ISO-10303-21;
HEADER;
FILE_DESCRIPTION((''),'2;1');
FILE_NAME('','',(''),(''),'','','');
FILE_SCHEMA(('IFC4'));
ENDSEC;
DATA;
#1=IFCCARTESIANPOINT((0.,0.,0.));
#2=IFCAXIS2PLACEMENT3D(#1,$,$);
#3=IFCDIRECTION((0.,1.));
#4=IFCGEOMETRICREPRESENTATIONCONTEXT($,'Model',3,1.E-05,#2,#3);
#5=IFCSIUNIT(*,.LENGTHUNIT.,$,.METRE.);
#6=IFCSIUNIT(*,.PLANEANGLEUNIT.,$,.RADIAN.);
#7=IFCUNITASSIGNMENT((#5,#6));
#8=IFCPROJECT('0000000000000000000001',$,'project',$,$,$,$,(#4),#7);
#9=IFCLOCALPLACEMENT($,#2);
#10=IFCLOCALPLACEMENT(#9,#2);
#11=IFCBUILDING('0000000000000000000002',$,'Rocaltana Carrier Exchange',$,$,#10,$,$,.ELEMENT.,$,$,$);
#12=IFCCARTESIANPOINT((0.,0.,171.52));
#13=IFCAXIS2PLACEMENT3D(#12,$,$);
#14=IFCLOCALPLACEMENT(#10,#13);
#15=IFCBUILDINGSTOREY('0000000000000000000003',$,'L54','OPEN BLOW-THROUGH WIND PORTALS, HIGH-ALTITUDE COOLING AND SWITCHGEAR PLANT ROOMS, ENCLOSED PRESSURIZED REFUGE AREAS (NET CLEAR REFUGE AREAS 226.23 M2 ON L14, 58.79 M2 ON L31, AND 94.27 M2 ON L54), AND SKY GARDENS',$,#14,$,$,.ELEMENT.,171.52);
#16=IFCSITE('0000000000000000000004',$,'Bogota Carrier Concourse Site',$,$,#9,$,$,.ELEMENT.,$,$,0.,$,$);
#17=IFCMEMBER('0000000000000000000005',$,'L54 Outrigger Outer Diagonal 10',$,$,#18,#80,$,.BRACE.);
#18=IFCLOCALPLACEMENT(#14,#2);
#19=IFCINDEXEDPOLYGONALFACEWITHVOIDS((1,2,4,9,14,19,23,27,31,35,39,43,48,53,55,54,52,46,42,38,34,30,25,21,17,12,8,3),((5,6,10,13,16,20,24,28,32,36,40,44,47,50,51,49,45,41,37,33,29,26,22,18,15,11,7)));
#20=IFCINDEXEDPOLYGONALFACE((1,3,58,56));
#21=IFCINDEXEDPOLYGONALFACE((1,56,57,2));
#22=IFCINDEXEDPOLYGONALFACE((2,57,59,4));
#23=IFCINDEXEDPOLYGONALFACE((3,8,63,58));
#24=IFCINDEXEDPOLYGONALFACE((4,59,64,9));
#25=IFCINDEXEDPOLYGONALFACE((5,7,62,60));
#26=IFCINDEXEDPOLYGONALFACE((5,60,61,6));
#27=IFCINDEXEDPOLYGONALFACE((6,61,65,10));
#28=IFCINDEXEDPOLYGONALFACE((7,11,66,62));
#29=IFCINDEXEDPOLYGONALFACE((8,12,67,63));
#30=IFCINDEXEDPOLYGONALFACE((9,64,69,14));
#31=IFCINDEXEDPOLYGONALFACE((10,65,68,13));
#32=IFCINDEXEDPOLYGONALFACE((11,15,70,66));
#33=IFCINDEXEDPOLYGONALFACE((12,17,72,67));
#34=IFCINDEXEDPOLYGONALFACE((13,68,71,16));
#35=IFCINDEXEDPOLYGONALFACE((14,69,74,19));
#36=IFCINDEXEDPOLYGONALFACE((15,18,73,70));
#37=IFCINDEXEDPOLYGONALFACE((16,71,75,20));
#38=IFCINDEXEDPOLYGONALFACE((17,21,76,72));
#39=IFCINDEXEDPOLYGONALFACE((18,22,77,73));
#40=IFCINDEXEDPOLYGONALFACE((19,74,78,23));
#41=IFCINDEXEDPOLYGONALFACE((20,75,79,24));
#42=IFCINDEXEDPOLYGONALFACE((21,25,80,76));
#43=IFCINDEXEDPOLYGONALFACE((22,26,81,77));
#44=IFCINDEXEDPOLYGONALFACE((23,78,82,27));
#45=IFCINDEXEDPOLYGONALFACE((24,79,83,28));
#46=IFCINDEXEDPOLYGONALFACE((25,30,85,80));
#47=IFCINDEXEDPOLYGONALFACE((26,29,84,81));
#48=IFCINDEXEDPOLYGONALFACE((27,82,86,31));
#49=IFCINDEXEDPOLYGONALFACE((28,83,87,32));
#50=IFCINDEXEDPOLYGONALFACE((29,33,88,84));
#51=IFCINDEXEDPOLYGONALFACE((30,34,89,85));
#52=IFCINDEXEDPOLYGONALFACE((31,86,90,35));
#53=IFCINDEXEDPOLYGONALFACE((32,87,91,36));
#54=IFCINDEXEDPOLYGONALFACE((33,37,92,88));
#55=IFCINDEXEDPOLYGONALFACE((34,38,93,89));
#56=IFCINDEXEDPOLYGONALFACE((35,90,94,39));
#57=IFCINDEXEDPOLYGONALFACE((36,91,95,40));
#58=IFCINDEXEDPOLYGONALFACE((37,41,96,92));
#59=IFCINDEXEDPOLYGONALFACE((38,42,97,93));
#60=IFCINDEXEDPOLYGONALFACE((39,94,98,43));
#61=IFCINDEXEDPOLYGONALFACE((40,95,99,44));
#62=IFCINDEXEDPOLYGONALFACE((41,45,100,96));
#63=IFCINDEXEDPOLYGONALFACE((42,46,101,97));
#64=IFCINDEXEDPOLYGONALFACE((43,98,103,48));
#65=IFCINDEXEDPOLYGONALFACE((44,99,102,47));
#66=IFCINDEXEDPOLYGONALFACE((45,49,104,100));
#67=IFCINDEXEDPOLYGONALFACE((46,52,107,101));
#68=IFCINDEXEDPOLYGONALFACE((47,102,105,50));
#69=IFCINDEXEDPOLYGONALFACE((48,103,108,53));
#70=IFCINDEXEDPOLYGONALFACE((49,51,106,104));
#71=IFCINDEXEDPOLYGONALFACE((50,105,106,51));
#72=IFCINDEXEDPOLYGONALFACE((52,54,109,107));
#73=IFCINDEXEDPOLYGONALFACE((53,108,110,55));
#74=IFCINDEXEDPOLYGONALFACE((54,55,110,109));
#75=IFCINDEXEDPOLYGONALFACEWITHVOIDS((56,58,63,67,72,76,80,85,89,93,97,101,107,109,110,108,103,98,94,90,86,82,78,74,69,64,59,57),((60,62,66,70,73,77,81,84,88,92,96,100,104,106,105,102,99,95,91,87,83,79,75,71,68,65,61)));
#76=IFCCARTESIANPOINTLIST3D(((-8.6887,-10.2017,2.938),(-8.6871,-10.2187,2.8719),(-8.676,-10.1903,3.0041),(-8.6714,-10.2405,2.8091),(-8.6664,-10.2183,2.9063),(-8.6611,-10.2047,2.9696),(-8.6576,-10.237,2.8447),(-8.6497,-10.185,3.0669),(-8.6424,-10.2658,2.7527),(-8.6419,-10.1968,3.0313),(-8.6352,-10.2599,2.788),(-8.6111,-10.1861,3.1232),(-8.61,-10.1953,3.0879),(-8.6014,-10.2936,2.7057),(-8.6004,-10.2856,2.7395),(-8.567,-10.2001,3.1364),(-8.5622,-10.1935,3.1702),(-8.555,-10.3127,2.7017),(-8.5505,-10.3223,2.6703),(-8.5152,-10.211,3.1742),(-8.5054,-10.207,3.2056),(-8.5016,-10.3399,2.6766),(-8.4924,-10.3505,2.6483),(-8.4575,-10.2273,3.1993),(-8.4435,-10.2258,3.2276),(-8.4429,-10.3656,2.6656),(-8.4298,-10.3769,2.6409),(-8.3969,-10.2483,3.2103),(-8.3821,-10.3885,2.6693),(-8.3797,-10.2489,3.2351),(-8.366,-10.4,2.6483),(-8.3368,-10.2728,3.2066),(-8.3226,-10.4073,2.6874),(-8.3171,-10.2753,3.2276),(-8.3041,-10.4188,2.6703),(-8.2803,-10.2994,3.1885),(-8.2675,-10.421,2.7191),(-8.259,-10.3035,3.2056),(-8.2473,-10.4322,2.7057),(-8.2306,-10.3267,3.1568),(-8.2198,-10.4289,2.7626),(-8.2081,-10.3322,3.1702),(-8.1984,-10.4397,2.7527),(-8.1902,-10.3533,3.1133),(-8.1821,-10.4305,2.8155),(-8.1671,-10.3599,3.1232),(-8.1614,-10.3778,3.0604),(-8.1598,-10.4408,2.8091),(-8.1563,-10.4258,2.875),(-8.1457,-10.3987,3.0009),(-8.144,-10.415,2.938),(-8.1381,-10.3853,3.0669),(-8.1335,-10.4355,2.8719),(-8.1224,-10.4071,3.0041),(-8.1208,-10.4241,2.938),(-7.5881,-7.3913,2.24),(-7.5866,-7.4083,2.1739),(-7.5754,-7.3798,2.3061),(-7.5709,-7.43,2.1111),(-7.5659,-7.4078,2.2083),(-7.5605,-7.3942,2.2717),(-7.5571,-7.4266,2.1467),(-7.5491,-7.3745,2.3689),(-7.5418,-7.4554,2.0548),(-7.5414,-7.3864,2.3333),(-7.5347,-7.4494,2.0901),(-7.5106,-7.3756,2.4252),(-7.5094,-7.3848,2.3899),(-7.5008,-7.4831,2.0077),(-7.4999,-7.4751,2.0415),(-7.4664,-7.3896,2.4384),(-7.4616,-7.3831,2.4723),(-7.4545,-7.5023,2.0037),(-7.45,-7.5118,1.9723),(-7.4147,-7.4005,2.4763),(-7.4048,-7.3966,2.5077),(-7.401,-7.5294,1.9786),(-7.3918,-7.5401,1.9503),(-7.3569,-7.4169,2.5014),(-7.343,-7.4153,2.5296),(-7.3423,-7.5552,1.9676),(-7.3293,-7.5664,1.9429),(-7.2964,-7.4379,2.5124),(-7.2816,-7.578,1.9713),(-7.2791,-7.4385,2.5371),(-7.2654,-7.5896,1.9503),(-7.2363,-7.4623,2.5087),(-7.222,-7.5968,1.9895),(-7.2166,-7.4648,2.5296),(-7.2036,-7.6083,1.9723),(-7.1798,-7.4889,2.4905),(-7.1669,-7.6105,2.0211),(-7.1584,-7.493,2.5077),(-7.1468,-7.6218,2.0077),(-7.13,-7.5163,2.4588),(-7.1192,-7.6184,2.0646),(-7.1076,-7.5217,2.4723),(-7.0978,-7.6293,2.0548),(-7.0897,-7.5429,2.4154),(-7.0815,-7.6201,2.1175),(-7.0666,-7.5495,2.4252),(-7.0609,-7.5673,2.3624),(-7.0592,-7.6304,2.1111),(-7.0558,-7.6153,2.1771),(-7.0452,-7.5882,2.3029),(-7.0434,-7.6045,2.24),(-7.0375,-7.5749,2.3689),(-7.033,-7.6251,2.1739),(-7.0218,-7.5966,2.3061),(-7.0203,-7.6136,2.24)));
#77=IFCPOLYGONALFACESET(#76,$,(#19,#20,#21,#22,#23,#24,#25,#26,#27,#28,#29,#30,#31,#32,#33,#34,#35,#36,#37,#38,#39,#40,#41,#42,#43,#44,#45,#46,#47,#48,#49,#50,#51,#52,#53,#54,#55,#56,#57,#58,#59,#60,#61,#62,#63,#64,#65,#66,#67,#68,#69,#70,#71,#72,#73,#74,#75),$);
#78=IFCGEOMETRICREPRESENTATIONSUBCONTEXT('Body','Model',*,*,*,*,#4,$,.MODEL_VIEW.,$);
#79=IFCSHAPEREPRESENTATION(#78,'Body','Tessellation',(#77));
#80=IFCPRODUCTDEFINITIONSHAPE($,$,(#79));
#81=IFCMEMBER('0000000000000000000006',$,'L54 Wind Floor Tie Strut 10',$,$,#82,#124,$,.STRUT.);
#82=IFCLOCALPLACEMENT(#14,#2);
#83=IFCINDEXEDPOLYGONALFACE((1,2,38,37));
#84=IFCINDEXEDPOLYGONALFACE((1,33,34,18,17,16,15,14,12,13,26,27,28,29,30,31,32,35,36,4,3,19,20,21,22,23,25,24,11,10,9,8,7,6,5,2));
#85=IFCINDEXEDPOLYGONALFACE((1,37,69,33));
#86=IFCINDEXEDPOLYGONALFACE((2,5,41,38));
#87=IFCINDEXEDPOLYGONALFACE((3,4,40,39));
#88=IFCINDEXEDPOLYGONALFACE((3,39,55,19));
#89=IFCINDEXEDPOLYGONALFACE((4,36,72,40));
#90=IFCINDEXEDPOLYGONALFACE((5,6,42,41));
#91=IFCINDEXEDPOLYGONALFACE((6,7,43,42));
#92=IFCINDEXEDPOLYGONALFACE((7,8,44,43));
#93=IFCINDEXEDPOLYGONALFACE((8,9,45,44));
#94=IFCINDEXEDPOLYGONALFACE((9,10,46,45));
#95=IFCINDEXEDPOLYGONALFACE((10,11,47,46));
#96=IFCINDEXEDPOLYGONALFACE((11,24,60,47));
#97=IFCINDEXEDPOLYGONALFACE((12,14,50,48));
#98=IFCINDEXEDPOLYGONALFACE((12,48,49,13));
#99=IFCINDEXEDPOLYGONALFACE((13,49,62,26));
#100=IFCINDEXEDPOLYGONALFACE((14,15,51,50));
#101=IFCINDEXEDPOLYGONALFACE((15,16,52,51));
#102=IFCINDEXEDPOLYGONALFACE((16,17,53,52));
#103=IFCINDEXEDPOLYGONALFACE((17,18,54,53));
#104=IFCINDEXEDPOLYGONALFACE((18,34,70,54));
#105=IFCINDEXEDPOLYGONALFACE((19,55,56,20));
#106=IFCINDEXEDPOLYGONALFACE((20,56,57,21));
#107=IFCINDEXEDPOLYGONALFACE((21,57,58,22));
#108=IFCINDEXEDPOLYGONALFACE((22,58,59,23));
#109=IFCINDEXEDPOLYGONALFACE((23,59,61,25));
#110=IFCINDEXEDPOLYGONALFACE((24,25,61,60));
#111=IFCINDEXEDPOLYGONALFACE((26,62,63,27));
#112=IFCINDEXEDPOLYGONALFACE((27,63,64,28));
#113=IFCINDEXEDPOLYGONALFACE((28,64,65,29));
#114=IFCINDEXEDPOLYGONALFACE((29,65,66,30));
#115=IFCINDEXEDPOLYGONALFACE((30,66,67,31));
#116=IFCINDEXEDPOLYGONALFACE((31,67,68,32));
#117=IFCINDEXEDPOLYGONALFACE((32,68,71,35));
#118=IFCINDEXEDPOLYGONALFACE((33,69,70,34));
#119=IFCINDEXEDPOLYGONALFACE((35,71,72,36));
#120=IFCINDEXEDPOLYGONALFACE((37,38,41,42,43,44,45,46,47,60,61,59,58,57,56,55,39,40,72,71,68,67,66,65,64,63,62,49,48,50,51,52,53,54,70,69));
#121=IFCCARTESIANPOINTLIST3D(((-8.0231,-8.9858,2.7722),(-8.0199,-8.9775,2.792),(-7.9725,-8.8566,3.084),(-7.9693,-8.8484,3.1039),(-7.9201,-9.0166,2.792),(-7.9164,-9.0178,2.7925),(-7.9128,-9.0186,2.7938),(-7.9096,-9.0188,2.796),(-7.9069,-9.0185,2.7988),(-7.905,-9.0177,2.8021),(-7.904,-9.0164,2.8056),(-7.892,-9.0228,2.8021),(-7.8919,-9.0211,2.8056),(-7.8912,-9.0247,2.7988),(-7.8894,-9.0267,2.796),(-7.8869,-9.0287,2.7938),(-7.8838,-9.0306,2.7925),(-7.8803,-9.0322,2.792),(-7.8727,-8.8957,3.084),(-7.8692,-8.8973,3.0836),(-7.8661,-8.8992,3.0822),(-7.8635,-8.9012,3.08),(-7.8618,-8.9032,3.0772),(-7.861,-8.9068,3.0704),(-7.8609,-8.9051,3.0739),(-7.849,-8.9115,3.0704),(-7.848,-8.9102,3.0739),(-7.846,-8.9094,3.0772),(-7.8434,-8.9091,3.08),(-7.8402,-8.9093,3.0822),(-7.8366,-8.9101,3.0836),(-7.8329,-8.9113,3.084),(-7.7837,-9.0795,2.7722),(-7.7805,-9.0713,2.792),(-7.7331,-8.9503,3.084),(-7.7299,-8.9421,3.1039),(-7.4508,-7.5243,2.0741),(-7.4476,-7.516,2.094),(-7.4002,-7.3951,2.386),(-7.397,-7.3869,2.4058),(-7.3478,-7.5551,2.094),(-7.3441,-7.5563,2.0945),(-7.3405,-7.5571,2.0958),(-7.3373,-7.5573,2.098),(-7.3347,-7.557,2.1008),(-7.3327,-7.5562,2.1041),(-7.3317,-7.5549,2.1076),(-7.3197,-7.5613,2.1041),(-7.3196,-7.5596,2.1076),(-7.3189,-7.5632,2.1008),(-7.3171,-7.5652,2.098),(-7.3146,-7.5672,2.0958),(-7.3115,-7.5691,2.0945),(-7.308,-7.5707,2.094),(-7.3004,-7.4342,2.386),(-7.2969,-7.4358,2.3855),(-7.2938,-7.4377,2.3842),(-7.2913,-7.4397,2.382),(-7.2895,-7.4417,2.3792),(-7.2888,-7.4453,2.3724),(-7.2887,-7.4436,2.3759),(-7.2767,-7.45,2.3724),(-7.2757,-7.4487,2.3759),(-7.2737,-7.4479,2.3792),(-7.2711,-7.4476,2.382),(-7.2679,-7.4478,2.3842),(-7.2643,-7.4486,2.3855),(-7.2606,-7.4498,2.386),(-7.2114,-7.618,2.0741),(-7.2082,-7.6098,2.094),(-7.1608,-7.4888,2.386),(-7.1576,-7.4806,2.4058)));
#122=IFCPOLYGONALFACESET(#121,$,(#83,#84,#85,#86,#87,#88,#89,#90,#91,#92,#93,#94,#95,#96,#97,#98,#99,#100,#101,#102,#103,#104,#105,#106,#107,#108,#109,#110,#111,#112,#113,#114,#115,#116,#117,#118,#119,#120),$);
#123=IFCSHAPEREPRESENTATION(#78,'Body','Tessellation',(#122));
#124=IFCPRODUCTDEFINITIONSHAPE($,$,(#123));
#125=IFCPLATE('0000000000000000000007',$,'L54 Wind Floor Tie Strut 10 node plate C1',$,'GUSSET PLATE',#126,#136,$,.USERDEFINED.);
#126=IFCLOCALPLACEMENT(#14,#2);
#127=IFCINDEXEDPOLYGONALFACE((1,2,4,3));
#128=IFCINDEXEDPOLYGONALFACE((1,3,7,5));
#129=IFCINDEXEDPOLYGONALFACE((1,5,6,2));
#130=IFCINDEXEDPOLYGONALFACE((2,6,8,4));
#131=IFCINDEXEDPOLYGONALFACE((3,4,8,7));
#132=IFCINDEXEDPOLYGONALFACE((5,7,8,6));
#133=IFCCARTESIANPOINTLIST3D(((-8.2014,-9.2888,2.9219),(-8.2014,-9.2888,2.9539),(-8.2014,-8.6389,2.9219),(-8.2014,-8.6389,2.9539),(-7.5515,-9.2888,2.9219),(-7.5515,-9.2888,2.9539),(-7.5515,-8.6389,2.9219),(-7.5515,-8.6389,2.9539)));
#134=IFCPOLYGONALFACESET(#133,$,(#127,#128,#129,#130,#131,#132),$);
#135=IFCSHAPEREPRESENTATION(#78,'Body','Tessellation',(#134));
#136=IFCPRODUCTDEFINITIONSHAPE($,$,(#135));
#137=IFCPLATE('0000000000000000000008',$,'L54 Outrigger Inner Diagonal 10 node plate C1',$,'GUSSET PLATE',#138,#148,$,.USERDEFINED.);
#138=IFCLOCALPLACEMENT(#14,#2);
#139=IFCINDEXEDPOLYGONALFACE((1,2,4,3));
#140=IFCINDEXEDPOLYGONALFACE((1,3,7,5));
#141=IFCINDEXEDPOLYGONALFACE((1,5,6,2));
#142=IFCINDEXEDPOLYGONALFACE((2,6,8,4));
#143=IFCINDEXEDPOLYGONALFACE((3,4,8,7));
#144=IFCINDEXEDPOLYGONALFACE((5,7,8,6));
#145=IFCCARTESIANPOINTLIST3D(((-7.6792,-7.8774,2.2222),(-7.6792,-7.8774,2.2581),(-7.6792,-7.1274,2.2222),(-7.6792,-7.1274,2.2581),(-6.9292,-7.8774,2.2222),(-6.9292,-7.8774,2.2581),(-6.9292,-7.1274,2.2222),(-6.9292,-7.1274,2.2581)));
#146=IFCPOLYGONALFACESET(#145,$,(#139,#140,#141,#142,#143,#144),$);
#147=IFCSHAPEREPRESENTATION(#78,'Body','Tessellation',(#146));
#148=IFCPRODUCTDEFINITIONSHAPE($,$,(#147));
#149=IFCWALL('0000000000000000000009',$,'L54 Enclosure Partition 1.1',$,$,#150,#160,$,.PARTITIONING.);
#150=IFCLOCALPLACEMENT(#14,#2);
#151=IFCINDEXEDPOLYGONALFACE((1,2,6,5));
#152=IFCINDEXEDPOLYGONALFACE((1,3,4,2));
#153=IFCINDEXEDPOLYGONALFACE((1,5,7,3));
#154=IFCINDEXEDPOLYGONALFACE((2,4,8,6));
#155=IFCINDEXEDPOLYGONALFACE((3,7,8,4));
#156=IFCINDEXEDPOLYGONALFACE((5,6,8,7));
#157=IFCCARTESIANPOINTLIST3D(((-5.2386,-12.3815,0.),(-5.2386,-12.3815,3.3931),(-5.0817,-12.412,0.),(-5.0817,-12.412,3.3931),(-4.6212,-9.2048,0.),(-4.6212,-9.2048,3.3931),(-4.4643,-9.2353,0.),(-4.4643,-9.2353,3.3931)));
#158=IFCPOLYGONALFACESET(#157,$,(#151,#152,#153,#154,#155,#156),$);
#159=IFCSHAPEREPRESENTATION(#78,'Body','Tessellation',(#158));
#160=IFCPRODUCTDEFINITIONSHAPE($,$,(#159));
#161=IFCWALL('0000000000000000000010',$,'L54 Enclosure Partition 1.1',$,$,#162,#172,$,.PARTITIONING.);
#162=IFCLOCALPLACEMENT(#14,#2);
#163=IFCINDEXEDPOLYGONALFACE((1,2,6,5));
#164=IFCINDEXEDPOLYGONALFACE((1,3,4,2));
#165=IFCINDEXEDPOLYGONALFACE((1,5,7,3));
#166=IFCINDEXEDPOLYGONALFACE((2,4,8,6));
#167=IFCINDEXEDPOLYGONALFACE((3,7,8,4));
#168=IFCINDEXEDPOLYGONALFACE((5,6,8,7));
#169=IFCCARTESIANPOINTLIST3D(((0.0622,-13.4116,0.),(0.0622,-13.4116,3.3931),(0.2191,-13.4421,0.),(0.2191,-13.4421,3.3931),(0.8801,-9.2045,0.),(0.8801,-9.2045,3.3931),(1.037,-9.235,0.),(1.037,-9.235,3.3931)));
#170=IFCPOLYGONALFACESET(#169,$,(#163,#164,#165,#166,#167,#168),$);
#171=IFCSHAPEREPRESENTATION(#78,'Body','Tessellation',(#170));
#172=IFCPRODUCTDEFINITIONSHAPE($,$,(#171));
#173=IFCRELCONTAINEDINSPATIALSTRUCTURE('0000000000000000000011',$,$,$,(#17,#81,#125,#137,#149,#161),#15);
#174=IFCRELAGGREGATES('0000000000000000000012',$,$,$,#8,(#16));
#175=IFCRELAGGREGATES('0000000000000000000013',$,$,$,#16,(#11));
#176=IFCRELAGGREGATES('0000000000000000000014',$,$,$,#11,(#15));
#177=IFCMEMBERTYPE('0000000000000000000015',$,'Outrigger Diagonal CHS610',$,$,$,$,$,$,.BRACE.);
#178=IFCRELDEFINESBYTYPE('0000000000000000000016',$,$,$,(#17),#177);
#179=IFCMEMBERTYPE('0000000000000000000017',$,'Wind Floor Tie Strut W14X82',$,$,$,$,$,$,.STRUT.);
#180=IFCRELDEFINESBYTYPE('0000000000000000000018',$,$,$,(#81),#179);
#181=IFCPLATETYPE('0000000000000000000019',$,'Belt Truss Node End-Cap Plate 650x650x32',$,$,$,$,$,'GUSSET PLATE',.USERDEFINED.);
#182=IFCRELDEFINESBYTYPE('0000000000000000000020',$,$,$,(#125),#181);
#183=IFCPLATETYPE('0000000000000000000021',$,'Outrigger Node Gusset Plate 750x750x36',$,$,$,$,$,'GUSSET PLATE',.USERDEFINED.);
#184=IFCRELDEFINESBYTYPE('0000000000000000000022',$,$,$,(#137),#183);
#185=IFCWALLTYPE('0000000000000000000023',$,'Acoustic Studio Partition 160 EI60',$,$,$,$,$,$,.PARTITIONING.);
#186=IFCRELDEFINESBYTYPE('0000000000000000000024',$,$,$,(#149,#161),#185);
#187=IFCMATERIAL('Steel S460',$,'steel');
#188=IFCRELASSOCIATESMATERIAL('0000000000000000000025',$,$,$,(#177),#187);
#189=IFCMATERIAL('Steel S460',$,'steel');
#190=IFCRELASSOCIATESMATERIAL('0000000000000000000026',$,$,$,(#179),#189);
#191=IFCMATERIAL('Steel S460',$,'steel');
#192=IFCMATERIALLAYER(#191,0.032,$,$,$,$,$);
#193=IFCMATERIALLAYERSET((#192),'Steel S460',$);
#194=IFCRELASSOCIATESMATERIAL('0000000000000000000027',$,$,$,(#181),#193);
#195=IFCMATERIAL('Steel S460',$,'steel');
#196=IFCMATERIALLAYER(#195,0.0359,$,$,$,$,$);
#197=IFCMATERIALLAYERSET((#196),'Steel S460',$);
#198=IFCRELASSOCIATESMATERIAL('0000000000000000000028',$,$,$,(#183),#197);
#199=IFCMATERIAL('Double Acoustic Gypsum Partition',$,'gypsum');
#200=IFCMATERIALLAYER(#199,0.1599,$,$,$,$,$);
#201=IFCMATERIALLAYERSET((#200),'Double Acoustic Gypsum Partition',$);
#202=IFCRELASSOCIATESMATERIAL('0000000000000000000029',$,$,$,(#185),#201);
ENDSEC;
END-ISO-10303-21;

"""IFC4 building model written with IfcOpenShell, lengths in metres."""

from ifc_helpers import new_model, si_unit, direction, frame, frame_2d, origin, origin_2d, place, context, subcontext, project, spatial, rectangle, hollow_circle, i_section, extrude, material, layer, layer_set, material_profile, profile_set, type_object, element, save


model = new_model("IFC4")

# Units and contexts
model_context = context("Model", 3, precision=1e-05, world=origin(), true_north=direction((0.0, 1.0)))
body_context = subcontext(model_context, "Body", "Model", "MODEL_VIEW")
ifc_project = project(units=[si_unit("LENGTHUNIT", "METRE"), si_unit("PLANEANGLEUNIT", "RADIAN")], contexts=[model_context])

# Site, building, storey
site_placement = place(None, origin())
site = spatial("IfcSite", under=ifc_project, at=site_placement, Name="Bogota Carrier Concourse Site", CompositionType="ELEMENT", RefElevation=0.0)
building_placement = place(site_placement, origin())
building = spatial("IfcBuilding", under=site, at=building_placement, Name="Rocaltana Carrier Exchange", CompositionType="ELEMENT")
storey_placement = place(building_placement, frame((0.0, 0.0, 171.52)))
storey = spatial("IfcBuildingStorey", under=building, at=storey_placement, Name="L54", Description="OPEN BLOW-THROUGH WIND PORTALS, HIGH-ALTITUDE COOLING AND SWITCHGEAR PLANT ROOMS, ENCLOSED PRESSURIZED REFUGE AREAS (NET CLEAR REFUGE AREAS 226.23 M2 ON L14, 58.79 M2 ON L31, AND 94.27 M2 ON L54), AND SKY GARDENS", CompositionType="ELEMENT", Elevation=171.52)

# Members
ifc_material_1 = material(Name="Steel S460", Category="steel")
ifc_material_profile_1 = material_profile(ifc_material_1, hollow_circle(Radius=0.3049, WallThickness=0.0249, at=origin_2d()), Name="CHS610X25")
ifc_profile_set_1 = profile_set([ifc_material_profile_1], Name="Steel S460")
member_type_1 = type_object("IfcMemberType", Name="Outrigger Diagonal CHS610", PredefinedType="BRACE", material=ifc_profile_set_1)
member_1_placement = place(storey_placement, frame((-7.3042, -7.5024, 2.24), z_axis=(-0.355256, -0.90721, 0.225305), x_axis=(0.931152, -0.364631, 0.0)))
element("IfcMember", 1, at=member_1_placement, inside=storey, type_object=member_type_1, Name="L54 Outrigger Outer Diagonal 10", PredefinedType="BRACE", context=body_context, shape_type="SweptSolid", body=[
    extrude(hollow_circle(Radius=0.3049, WallThickness=0.0249, at=origin_2d()), origin(), (0.0, 0.0, 1.0), 3.0979),
])
ifc_material_2 = material(Name="Steel S460", Category="steel")
ifc_material_profile_2 = material_profile(ifc_material_2, i_section(OverallWidth=0.2571, OverallDepth=0.363, WebThickness=0.0129, FlangeThickness=0.0217, FilletRadius=0.0149, at=origin_2d()), Name="W14X82")
ifc_profile_set_2 = profile_set([ifc_material_profile_2], Name="Steel S460")
member_type_2 = type_object("IfcMemberType", Name="Wind Floor Tie Strut W14X82", PredefinedType="STRUT", material=ifc_profile_set_2)
member_2_placement = place(storey_placement, frame((-7.3042, -7.5024, 2.24), z_axis=(-0.33316, -0.850809, 0.406359), x_axis=(0.931156, -0.364622, 0.0)))
element("IfcMember", 2, at=member_2_placement, inside=storey, type_object=member_type_2, Name="L54 Wind Floor Tie Strut 10", PredefinedType="STRUT", context=body_context, shape_type="SweptSolid", body=[
    extrude(i_section(OverallWidth=0.2571, OverallDepth=0.363, WebThickness=0.0129, FlangeThickness=0.0217, FilletRadius=0.0149, at=origin_2d()), origin(), (0.0, 0.0, 1.0), 1.7178),
])

# Plates
ifc_material_3 = material(Name="Steel S460", Category="steel")
ifc_layer_1 = layer(ifc_material_3, 0.032)
ifc_layer_set_1 = layer_set([ifc_layer_1], Name="Steel S460")
plate_type_1 = type_object("IfcPlateType", Name="Belt Truss Node End-Cap Plate 650x650x32", ElementType="GUSSET PLATE", PredefinedType="USERDEFINED", material=ifc_layer_set_1)
plate_1_placement = place(storey_placement, frame((-7.8765, -8.9639, 2.9219), z_axis=(0.0, 0.0, 1.0), x_axis=(1.0, 0.0, 0.0)))
element("IfcPlate", 3, at=plate_1_placement, inside=storey, type_object=plate_type_1, Name="L54 Wind Floor Tie Strut 10 node plate C1", ObjectType="GUSSET PLATE", PredefinedType="USERDEFINED", context=body_context, shape_type="SweptSolid", body=[
    extrude(rectangle(XDim=0.6499, YDim=0.6499, at=origin_2d()), origin(), (0.0, 0.0, 1.0), 0.032),
])
ifc_material_4 = material(Name="Steel S460", Category="steel")
ifc_layer_2 = layer(ifc_material_4, 0.0359)
ifc_layer_set_2 = layer_set([ifc_layer_2], Name="Steel S460")
plate_type_2 = type_object("IfcPlateType", Name="Outrigger Node Gusset Plate 750x750x36", ElementType="GUSSET PLATE", PredefinedType="USERDEFINED", material=ifc_layer_set_2)
plate_2_placement = place(storey_placement, frame((-7.3042, -7.5024, 2.2222), z_axis=(0.0, 0.0, 1.0), x_axis=(1.0, 0.0, 0.0)))
element("IfcPlate", 4, at=plate_2_placement, inside=storey, type_object=plate_type_2, Name="L54 Outrigger Inner Diagonal 10 node plate C1", ObjectType="GUSSET PLATE", PredefinedType="USERDEFINED", context=body_context, shape_type="SweptSolid", body=[
    extrude(rectangle(XDim=0.75, YDim=0.75, at=origin_2d()), origin(), (0.0, 0.0, 1.0), 0.0359),
])

# Walls
ifc_material_5 = material(Name="Double Acoustic Gypsum Partition", Category="gypsum")
ifc_layer_3 = layer(ifc_material_5, 0.1599)
ifc_layer_set_3 = layer_set([ifc_layer_3], Name="Double Acoustic Gypsum Partition")
wall_type_1 = type_object("IfcWallType", Name="Acoustic Studio Partition 160 EI60", PredefinedType="PARTITIONING", material=ifc_layer_set_3)
wall_1_placement = place(storey_placement, frame((-4.5427, -9.22, 0.0), z_axis=(0.0, 0.0, 1.0), x_axis=(-0.190789, -0.981631, 0.0)))
element("IfcWall", 5, at=wall_1_placement, inside=storey, type_object=wall_type_1, Name="L54 Enclosure Partition 1.1", PredefinedType="PARTITIONING", context=body_context, shape_type="SweptSolid", body=[
    extrude(rectangle(XDim=3.2361, YDim=0.1599, at=frame_2d((1.6182, 0.0))), origin(), (0.0, 0.0, 1.0), 3.3931),
])
wall_2_placement = place(storey_placement, frame((0.1406, -13.427, 0.0), z_axis=(0.0, 0.0, 1.0), x_axis=(0.190833, 0.981623, 0.0)))
element("IfcWall", 6, at=wall_2_placement, inside=storey, type_object=wall_type_1, Name="L54 Enclosure Partition 1.1", PredefinedType="PARTITIONING", context=body_context, shape_type="SweptSolid", body=[
    extrude(rectangle(XDim=4.2859, YDim=0.1599, at=frame_2d((2.1431, 0.0))), origin(), (0.0, 0.0, 1.0), 3.3931),
])

save(model, "model.ifc")
